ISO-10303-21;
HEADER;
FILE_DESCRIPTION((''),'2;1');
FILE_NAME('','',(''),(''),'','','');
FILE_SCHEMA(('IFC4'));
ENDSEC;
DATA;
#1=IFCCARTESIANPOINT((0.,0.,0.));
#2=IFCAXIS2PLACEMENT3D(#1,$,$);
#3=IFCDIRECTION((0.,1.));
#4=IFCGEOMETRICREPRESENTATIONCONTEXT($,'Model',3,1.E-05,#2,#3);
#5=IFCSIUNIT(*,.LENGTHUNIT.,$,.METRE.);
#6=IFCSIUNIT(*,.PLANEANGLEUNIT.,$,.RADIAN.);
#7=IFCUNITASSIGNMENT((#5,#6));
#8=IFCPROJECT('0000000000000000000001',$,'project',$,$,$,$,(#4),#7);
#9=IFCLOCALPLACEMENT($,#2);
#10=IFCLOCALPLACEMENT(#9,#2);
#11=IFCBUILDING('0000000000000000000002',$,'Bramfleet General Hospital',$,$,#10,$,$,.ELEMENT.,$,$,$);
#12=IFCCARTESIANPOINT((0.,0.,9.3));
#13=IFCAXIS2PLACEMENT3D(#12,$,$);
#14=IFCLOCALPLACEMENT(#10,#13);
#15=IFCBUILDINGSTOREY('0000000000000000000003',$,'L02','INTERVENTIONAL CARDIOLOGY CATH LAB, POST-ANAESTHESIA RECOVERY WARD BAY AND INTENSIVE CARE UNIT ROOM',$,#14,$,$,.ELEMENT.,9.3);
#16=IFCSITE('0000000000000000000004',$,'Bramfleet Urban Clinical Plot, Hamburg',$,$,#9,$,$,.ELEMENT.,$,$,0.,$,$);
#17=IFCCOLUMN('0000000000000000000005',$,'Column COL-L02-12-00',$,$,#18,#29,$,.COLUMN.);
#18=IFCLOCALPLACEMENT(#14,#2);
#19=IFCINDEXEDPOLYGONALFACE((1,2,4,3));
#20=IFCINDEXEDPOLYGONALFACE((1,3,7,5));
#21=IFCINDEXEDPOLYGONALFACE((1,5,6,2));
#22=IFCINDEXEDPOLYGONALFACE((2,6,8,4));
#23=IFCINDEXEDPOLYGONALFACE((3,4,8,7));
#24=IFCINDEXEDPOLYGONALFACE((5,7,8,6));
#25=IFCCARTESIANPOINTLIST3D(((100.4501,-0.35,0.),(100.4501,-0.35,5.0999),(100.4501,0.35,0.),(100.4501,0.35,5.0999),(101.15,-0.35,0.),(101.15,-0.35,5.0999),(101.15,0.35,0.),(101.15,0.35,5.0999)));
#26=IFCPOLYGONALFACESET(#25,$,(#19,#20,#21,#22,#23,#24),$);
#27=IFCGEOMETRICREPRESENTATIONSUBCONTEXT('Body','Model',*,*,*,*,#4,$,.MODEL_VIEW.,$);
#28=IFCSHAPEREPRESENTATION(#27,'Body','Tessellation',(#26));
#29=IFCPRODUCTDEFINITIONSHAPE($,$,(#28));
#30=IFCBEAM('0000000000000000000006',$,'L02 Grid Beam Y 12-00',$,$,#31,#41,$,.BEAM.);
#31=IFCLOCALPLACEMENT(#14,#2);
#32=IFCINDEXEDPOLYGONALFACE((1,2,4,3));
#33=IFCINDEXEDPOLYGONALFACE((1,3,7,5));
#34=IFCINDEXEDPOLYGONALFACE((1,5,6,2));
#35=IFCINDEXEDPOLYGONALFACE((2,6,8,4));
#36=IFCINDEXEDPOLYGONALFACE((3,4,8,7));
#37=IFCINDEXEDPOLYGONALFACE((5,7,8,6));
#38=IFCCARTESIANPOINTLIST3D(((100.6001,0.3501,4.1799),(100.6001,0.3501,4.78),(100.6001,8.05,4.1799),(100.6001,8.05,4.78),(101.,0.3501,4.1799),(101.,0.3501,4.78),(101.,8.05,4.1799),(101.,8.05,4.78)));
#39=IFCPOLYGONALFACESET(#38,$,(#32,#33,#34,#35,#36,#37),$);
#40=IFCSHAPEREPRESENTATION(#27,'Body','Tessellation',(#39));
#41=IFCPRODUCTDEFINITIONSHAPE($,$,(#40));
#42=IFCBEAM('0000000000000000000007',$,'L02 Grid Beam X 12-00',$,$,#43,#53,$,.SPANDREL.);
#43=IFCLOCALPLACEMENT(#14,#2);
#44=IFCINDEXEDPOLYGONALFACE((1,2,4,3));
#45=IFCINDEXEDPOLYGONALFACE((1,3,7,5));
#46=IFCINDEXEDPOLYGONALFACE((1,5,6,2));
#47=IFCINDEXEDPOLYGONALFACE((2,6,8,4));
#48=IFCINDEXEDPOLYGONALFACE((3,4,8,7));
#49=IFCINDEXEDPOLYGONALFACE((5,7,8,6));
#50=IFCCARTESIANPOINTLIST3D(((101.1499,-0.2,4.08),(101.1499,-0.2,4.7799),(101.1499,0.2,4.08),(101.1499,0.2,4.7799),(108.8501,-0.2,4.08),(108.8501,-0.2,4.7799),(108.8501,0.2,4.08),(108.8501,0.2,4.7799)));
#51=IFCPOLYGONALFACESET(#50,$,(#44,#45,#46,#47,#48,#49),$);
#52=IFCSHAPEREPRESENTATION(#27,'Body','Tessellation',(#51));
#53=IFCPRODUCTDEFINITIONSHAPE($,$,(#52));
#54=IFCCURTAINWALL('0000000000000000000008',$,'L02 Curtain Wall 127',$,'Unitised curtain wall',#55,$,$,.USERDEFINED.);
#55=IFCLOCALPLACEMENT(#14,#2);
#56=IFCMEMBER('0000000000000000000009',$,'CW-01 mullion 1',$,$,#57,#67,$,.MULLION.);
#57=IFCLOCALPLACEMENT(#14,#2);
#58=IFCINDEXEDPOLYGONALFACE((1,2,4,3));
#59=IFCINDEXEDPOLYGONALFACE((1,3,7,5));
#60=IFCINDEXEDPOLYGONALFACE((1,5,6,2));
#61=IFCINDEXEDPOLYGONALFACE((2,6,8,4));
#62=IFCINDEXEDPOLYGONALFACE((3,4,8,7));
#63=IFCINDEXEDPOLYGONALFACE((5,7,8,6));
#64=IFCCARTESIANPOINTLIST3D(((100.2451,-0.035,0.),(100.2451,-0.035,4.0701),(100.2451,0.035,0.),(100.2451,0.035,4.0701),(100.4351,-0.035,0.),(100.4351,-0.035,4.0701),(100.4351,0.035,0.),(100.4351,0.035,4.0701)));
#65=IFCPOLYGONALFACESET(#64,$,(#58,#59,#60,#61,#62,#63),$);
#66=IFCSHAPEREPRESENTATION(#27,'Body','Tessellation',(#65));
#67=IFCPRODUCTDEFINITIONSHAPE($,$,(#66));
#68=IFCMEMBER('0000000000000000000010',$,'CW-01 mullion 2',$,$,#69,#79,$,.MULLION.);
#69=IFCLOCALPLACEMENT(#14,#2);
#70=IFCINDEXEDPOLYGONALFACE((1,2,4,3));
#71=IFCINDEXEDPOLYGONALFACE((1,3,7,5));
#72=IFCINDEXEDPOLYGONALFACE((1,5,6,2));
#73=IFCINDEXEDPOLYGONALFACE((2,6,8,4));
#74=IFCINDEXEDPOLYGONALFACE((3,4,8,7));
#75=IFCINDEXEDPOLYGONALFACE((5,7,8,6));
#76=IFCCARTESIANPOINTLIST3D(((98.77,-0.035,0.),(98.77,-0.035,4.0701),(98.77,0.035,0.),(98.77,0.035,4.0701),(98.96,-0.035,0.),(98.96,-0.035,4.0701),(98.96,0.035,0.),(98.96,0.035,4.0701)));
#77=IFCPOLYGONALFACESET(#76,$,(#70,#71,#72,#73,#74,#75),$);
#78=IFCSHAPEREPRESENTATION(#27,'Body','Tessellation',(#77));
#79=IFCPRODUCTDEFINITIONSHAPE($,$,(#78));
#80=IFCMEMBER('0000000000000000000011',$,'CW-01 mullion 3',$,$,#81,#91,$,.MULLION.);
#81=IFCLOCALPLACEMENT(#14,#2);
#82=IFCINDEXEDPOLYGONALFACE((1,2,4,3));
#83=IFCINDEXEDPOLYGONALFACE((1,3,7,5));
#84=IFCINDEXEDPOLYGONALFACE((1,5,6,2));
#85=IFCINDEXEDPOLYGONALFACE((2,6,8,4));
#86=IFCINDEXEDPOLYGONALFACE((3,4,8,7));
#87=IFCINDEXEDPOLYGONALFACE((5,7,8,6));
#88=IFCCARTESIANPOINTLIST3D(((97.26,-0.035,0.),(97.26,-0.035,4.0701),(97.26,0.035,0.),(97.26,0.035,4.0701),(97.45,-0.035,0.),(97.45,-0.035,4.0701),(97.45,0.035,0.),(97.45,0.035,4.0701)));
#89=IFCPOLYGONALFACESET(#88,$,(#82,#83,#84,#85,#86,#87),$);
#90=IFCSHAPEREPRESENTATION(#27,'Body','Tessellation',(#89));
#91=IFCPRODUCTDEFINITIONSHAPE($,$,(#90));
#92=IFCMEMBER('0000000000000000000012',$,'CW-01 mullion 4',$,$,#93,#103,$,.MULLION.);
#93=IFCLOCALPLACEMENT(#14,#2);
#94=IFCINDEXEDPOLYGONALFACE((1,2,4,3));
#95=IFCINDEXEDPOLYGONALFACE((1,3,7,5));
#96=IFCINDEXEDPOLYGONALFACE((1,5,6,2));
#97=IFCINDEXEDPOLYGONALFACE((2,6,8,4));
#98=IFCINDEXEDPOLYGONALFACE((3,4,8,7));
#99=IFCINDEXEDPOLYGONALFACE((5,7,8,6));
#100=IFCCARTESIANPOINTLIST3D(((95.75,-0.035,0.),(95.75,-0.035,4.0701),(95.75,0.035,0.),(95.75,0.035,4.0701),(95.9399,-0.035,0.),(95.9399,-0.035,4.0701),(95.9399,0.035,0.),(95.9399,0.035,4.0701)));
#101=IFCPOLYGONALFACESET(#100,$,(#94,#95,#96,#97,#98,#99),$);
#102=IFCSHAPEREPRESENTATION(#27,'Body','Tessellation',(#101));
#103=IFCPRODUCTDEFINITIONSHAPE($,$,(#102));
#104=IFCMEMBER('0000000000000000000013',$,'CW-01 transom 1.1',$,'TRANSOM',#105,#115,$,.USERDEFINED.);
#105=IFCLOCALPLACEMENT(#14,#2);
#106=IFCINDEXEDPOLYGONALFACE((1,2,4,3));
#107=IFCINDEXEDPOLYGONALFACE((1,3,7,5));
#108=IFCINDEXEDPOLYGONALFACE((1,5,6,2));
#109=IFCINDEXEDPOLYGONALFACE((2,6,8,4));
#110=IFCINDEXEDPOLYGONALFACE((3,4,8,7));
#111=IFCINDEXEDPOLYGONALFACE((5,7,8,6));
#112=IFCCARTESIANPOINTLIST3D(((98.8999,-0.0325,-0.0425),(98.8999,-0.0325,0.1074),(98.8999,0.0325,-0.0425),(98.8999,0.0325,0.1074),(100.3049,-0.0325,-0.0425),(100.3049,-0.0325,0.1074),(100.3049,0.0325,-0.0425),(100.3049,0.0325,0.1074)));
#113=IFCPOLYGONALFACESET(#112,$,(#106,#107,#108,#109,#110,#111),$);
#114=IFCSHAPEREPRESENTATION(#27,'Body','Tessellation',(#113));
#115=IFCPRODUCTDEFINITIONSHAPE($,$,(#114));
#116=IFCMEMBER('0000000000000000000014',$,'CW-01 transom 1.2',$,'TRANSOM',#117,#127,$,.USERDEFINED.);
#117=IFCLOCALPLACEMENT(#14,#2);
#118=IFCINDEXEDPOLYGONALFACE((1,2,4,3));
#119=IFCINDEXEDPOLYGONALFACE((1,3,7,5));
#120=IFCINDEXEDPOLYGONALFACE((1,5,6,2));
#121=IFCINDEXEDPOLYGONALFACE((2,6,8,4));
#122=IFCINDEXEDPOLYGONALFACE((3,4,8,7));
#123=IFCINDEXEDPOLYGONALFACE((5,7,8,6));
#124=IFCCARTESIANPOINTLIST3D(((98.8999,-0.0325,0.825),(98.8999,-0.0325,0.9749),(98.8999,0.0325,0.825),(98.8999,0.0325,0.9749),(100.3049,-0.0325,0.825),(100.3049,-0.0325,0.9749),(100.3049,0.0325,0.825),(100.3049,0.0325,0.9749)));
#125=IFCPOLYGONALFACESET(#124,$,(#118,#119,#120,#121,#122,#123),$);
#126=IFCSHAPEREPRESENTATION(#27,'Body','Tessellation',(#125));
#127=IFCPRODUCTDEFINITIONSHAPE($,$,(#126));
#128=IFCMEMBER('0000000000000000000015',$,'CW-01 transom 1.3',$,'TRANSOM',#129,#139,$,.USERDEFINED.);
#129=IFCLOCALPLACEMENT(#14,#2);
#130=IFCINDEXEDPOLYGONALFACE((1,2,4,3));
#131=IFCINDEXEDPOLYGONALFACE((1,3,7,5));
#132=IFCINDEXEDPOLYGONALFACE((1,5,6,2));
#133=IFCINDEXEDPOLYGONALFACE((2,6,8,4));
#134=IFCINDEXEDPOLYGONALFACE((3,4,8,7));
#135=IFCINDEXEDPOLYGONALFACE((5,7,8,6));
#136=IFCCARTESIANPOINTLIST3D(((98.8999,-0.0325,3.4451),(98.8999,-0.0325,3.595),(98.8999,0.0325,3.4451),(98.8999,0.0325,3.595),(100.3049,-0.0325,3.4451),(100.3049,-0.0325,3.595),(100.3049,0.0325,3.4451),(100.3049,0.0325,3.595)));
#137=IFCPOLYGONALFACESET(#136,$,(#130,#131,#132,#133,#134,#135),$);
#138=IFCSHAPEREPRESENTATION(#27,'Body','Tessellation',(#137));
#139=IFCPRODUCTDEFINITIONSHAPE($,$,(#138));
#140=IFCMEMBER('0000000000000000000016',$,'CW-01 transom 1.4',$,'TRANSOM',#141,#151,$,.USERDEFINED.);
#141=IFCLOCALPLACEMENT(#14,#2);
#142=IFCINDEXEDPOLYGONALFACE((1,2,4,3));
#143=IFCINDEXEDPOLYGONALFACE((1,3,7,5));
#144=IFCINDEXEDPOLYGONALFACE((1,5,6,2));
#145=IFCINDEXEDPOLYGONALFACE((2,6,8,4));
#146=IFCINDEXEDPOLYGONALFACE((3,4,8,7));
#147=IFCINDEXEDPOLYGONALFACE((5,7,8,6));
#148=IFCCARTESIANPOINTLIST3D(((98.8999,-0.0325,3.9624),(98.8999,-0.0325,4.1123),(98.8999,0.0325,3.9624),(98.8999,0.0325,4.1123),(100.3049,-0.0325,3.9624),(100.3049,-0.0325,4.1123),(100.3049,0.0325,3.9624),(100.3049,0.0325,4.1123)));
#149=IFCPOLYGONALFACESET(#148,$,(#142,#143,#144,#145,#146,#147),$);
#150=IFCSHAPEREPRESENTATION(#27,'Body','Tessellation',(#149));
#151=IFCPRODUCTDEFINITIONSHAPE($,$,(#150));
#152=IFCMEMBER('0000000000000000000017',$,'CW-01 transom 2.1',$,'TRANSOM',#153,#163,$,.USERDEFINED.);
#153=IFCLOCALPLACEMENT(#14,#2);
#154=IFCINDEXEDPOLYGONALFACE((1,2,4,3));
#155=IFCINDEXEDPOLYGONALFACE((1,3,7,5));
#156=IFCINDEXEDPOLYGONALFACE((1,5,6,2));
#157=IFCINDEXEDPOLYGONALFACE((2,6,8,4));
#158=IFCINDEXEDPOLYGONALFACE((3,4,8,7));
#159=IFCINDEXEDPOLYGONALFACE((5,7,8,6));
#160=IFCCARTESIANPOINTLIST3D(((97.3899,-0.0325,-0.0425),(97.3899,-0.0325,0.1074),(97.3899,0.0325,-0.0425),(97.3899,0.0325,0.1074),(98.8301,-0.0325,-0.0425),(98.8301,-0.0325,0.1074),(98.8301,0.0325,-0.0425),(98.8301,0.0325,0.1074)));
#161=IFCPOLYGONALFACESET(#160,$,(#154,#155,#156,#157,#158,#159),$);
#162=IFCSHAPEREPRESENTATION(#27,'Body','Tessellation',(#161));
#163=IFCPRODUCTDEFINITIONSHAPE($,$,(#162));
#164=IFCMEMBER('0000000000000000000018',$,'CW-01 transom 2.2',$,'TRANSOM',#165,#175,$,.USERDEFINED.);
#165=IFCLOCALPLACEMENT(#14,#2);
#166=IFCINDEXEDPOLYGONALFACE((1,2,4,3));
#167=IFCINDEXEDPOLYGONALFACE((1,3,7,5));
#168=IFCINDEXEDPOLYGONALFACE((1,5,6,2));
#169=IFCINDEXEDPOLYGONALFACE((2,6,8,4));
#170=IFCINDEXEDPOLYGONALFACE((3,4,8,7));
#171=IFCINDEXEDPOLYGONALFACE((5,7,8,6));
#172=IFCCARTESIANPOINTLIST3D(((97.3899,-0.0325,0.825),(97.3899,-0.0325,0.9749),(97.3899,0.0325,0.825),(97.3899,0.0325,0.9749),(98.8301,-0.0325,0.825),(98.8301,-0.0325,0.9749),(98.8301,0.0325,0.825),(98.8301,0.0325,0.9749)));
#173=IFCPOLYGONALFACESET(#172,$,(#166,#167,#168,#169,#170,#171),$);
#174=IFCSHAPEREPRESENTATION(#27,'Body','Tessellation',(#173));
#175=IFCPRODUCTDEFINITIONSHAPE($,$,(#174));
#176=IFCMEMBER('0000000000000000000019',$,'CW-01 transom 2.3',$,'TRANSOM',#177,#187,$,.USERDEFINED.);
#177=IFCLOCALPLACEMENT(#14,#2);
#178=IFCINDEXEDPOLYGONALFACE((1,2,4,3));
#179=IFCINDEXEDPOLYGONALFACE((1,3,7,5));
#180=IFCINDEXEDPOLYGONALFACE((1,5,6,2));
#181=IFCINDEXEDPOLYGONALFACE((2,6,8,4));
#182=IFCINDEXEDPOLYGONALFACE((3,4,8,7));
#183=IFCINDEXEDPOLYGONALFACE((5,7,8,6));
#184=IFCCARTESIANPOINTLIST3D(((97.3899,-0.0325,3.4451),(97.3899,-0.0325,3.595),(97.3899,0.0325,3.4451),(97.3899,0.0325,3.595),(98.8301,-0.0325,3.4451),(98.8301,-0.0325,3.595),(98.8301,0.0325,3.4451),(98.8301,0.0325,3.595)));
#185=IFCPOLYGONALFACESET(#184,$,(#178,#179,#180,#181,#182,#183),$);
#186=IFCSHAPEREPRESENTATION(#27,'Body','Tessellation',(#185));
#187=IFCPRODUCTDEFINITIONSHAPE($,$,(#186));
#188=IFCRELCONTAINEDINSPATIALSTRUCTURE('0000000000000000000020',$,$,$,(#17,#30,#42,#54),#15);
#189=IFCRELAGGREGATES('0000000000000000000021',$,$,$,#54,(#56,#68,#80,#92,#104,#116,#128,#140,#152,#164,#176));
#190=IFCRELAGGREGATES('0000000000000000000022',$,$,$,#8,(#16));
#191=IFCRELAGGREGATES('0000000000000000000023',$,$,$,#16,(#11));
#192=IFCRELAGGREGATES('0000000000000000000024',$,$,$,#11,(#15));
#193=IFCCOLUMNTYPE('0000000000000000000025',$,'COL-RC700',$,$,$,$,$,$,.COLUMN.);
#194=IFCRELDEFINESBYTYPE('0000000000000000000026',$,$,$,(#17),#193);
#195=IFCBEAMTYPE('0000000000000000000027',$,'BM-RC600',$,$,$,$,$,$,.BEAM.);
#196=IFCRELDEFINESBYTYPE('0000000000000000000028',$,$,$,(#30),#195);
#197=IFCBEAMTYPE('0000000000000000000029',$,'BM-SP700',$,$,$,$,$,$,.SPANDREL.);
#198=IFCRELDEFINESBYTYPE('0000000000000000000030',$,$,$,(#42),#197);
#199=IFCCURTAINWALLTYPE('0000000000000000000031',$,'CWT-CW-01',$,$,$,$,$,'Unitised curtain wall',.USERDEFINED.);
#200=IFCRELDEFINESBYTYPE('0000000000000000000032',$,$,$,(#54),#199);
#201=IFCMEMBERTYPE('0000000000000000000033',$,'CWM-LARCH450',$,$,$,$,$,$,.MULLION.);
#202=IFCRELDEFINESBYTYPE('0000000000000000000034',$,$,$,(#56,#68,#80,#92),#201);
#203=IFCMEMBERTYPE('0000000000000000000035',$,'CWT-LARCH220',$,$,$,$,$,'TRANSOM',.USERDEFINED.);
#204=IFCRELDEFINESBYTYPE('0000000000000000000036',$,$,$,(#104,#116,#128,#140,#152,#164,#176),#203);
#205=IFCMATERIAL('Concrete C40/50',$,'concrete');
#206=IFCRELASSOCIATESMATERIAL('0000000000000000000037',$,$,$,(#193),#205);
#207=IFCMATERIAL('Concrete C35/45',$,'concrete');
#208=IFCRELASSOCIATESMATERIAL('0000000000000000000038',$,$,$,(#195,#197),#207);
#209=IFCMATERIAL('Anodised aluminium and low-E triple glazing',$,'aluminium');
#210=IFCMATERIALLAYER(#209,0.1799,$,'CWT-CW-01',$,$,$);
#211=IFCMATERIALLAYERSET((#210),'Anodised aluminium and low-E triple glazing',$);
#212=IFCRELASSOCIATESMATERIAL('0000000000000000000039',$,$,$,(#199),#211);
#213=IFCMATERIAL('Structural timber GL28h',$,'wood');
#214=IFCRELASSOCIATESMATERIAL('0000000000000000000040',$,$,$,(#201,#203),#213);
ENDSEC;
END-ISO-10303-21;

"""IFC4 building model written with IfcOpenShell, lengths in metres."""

from ifc_helpers import new_model, si_unit, direction, frame, origin, origin_2d, place, context, subcontext, project, spatial, rectangle, extrude, material, layer, layer_set, material_profile, profile_set, type_object, element, aggregate, save


model = new_model("IFC4")

# Units and contexts
model_context = context("Model", 3, precision=1e-05, world=origin(), true_north=direction((0.0, 1.0)))
body_context = subcontext(model_context, "Body", "Model", "MODEL_VIEW")
ifc_project = project(units=[si_unit("LENGTHUNIT", "METRE"), si_unit("PLANEANGLEUNIT", "RADIAN")], contexts=[model_context])

# Site, building, storey
site_placement = place(None, origin())
site = spatial("IfcSite", under=ifc_project, at=site_placement, Name="Bramfleet Urban Clinical Plot, Hamburg", CompositionType="ELEMENT", RefElevation=0.0)
building_placement = place(site_placement, origin())
building = spatial("IfcBuilding", under=site, at=building_placement, Name="Bramfleet General Hospital", CompositionType="ELEMENT")
storey_placement = place(building_placement, frame((0.0, 0.0, 9.3)))
storey = spatial("IfcBuildingStorey", under=building, at=storey_placement, Name="L02", Description="INTERVENTIONAL CARDIOLOGY CATH LAB, POST-ANAESTHESIA RECOVERY WARD BAY AND INTENSIVE CARE UNIT ROOM", CompositionType="ELEMENT", Elevation=9.3)

# Column
ifc_material_1 = material(Name="Concrete C40/50", Category="concrete")
ifc_material_profile_1 = material_profile(ifc_material_1, rectangle(XDim=0.7, YDim=0.7, at=origin_2d()), Name="RC COL 700x700")
ifc_profile_set_1 = profile_set([ifc_material_profile_1], Name="Concrete C40/50")
column_type = type_object("IfcColumnType", Name="COL-RC700", PredefinedType="COLUMN", material=ifc_profile_set_1)
column_placement = place(storey_placement, frame((100.8, 0.0, 0.0), z_axis=(0.0, 0.0, 1.0), x_axis=(1.0, 0.0, 0.0)))
element("IfcColumn", 1, at=column_placement, inside=storey, type_object=column_type, Name="Column COL-L02-12-00", PredefinedType="COLUMN", context=body_context, shape_type="SweptSolid", body=[
    extrude(rectangle(XDim=0.7, YDim=0.7, at=origin_2d()), origin(), (0.0, 0.0, 1.0), 5.0999),
])

# Beams
ifc_material_2 = material(Name="Concrete C35/45", Category="concrete")
ifc_material_profile_2 = material_profile(ifc_material_2, rectangle(XDim=0.3999, YDim=0.6001, at=origin_2d()), Name="RC BM 600x400")
ifc_profile_set_2 = profile_set([ifc_material_profile_2], Name="Concrete C35/45")
beam_type_1 = type_object("IfcBeamType", Name="BM-RC600", PredefinedType="BEAM", material=ifc_profile_set_2)
beam_1_placement = place(storey_placement, frame((100.8, 0.3501, 4.48), z_axis=(0.0, 1.0, 0.0), x_axis=(-1.0, 0.0, 0.0)))
element("IfcBeam", 2, at=beam_1_placement, inside=storey, type_object=beam_type_1, Name="L02 Grid Beam Y 12-00", PredefinedType="BEAM", context=body_context, shape_type="SweptSolid", body=[
    extrude(rectangle(XDim=0.3999, YDim=0.6001, at=origin_2d()), origin(), (0.0, 0.0, 1.0), 7.7),
])
ifc_material_profile_3 = material_profile(ifc_material_2, rectangle(XDim=0.3999, YDim=0.7, at=origin_2d()), Name="RC SP 700x400")
ifc_profile_set_3 = profile_set([ifc_material_profile_3], Name="Concrete C35/45")
beam_type_2 = type_object("IfcBeamType", Name="BM-SP700", PredefinedType="SPANDREL", material=ifc_profile_set_3)
beam_2_placement = place(storey_placement, frame((101.1499, 0.0, 4.4299), z_axis=(1.0, 0.0, 0.0), x_axis=(0.0, 1.0, 0.0)))
element("IfcBeam", 3, at=beam_2_placement, inside=storey, type_object=beam_type_2, Name="L02 Grid Beam X 12-00", PredefinedType="SPANDREL", context=body_context, shape_type="SweptSolid", body=[
    extrude(rectangle(XDim=0.3999, YDim=0.7, at=origin_2d()), origin(), (0.0, 0.0, 1.0), 7.7002),
])

# Curtain wall, members
ifc_material_3 = material(Name="Anodised aluminium and low-E triple glazing", Category="aluminium")
ifc_layer_1 = layer(ifc_material_3, 0.1799, Name="CWT-CW-01")
ifc_layer_set_1 = layer_set([ifc_layer_1], Name="Anodised aluminium and low-E triple glazing")
curtain_wall_type = type_object("IfcCurtainWallType", Name="CWT-CW-01", ElementType="Unitised curtain wall", PredefinedType="USERDEFINED", material=ifc_layer_set_1)
curtain_wall_placement = place(storey_placement, origin())
curtain_wall = element("IfcCurtainWall", 4, at=curtain_wall_placement, inside=storey, type_object=curtain_wall_type, Name="L02 Curtain Wall 127", ObjectType="Unitised curtain wall", PredefinedType="USERDEFINED")
ifc_material_4 = material(Name="Structural timber GL28h", Category="wood")
ifc_material_profile_4 = material_profile(ifc_material_4, rectangle(XDim=0.0701, YDim=0.1899, at=origin_2d()), Name="LARCH 190x70")
ifc_profile_set_4 = profile_set([ifc_material_profile_4], Name="Structural timber GL28h")
member_type_1 = type_object("IfcMemberType", Name="CWM-LARCH450", PredefinedType="MULLION", material=ifc_profile_set_4)
member_1_placement = place(storey_placement, frame((100.3401, 0.0, 0.0), z_axis=(0.0, 0.0, 1.0), x_axis=(0.0, -1.0, 0.0)))
member_1 = element("IfcMember", 5, at=member_1_placement, type_object=member_type_1, Name="CW-01 mullion 1", PredefinedType="MULLION", context=body_context, shape_type="SweptSolid", body=[
    extrude(rectangle(XDim=0.0701, YDim=0.1899, at=origin_2d()), origin(), (0.0, 0.0, 1.0), 4.0701),
])
member_2_placement = place(storey_placement, frame((98.865, 0.0, 0.0), z_axis=(0.0, 0.0, 1.0), x_axis=(0.0, -1.0, 0.0)))
member_2 = element("IfcMember", 6, at=member_2_placement, type_object=member_type_1, Name="CW-01 mullion 2", PredefinedType="MULLION", context=body_context, shape_type="SweptSolid", body=[
    extrude(rectangle(XDim=0.0701, YDim=0.1899, at=origin_2d()), origin(), (0.0, 0.0, 1.0), 4.0701),
])
member_3_placement = place(storey_placement, frame((97.355, 0.0, 0.0), z_axis=(0.0, 0.0, 1.0), x_axis=(0.0, -1.0, 0.0)))
member_3 = element("IfcMember", 7, at=member_3_placement, type_object=member_type_1, Name="CW-01 mullion 3", PredefinedType="MULLION", context=body_context, shape_type="SweptSolid", body=[
    extrude(rectangle(XDim=0.0701, YDim=0.1899, at=origin_2d()), origin(), (0.0, 0.0, 1.0), 4.0701),
])
member_4_placement = place(storey_placement, frame((95.845, 0.0, 0.0), z_axis=(0.0, 0.0, 1.0), x_axis=(0.0, -1.0, 0.0)))
member_4 = element("IfcMember", 8, at=member_4_placement, type_object=member_type_1, Name="CW-01 mullion 4", PredefinedType="MULLION", context=body_context, shape_type="SweptSolid", body=[
    extrude(rectangle(XDim=0.0701, YDim=0.1899, at=origin_2d()), origin(), (0.0, 0.0, 1.0), 4.0701),
])
ifc_material_profile_5 = material_profile(ifc_material_4, rectangle(XDim=0.0649, YDim=0.1499, at=origin_2d()), Name="LARCH 150x65")
ifc_profile_set_5 = profile_set([ifc_material_profile_5], Name="Structural timber GL28h")
member_type_2 = type_object("IfcMemberType", Name="CWT-LARCH220", ElementType="TRANSOM", PredefinedType="USERDEFINED", material=ifc_profile_set_5)
member_5_placement = place(storey_placement, frame((100.3049, 0.0, 0.0325), z_axis=(-1.0, 0.0, 0.0), x_axis=(0.0, -1.0, 0.0)))
member_5 = element("IfcMember", 9, at=member_5_placement, type_object=member_type_2, Name="CW-01 transom 1.1", ObjectType="TRANSOM", PredefinedType="USERDEFINED", context=body_context, shape_type="SweptSolid", body=[
    extrude(rectangle(XDim=0.0649, YDim=0.1499, at=origin_2d()), origin(), (0.0, 0.0, 1.0), 1.405),
])
member_6_placement = place(storey_placement, frame((100.3049, 0.0, 0.8999), z_axis=(-1.0, 0.0, 0.0), x_axis=(0.0, -1.0, 0.0)))
member_6 = element("IfcMember", 10, at=member_6_placement, type_object=member_type_2, Name="CW-01 transom 1.2", ObjectType="TRANSOM", PredefinedType="USERDEFINED", context=body_context, shape_type="SweptSolid", body=[
    extrude(rectangle(XDim=0.0649, YDim=0.1499, at=origin_2d()), origin(), (0.0, 0.0, 1.0), 1.405),
])
member_7_placement = place(storey_placement, frame((100.3049, 0.0, 3.52), z_axis=(-1.0, 0.0, 0.0), x_axis=(0.0, -1.0, 0.0)))
member_7 = element("IfcMember", 11, at=member_7_placement, type_object=member_type_2, Name="CW-01 transom 1.3", ObjectType="TRANSOM", PredefinedType="USERDEFINED", context=body_context, shape_type="SweptSolid", body=[
    extrude(rectangle(XDim=0.0649, YDim=0.1499, at=origin_2d()), origin(), (0.0, 0.0, 1.0), 1.405),
])
member_8_placement = place(storey_placement, frame((100.3049, 0.0, 4.0374), z_axis=(-1.0, 0.0, 0.0), x_axis=(0.0, -1.0, 0.0)))
member_8 = element("IfcMember", 12, at=member_8_placement, type_object=member_type_2, Name="CW-01 transom 1.4", ObjectType="TRANSOM", PredefinedType="USERDEFINED", context=body_context, shape_type="SweptSolid", body=[
    extrude(rectangle(XDim=0.0649, YDim=0.1499, at=origin_2d()), origin(), (0.0, 0.0, 1.0), 1.405),
])
member_9_placement = place(storey_placement, frame((98.8301, 0.0, 0.0325), z_axis=(-1.0, 0.0, 0.0), x_axis=(0.0, -1.0, 0.0)))
member_9 = element("IfcMember", 13, at=member_9_placement, type_object=member_type_2, Name="CW-01 transom 2.1", ObjectType="TRANSOM", PredefinedType="USERDEFINED", context=body_context, shape_type="SweptSolid", body=[
    extrude(rectangle(XDim=0.0649, YDim=0.1499, at=origin_2d()), origin(), (0.0, 0.0, 1.0), 1.4402),
])
member_10_placement = place(storey_placement, frame((98.8301, 0.0, 0.8999), z_axis=(-1.0, 0.0, 0.0), x_axis=(0.0, -1.0, 0.0)))
member_10 = element("IfcMember", 14, at=member_10_placement, type_object=member_type_2, Name="CW-01 transom 2.2", ObjectType="TRANSOM", PredefinedType="USERDEFINED", context=body_context, shape_type="SweptSolid", body=[
    extrude(rectangle(XDim=0.0649, YDim=0.1499, at=origin_2d()), origin(), (0.0, 0.0, 1.0), 1.4402),
])
member_11_placement = place(storey_placement, frame((98.8301, 0.0, 3.52), z_axis=(-1.0, 0.0, 0.0), x_axis=(0.0, -1.0, 0.0)))
member_11 = element("IfcMember", 15, at=member_11_placement, type_object=member_type_2, Name="CW-01 transom 2.3", ObjectType="TRANSOM", PredefinedType="USERDEFINED", context=body_context, shape_type="SweptSolid", body=[
    extrude(rectangle(XDim=0.0649, YDim=0.1499, at=origin_2d()), origin(), (0.0, 0.0, 1.0), 1.4402),
])
aggregate(curtain_wall, [member_1, member_2, member_3, member_4, member_5, member_6, member_7, member_8, member_9, member_10, member_11])

save(model, "model.ifc")
